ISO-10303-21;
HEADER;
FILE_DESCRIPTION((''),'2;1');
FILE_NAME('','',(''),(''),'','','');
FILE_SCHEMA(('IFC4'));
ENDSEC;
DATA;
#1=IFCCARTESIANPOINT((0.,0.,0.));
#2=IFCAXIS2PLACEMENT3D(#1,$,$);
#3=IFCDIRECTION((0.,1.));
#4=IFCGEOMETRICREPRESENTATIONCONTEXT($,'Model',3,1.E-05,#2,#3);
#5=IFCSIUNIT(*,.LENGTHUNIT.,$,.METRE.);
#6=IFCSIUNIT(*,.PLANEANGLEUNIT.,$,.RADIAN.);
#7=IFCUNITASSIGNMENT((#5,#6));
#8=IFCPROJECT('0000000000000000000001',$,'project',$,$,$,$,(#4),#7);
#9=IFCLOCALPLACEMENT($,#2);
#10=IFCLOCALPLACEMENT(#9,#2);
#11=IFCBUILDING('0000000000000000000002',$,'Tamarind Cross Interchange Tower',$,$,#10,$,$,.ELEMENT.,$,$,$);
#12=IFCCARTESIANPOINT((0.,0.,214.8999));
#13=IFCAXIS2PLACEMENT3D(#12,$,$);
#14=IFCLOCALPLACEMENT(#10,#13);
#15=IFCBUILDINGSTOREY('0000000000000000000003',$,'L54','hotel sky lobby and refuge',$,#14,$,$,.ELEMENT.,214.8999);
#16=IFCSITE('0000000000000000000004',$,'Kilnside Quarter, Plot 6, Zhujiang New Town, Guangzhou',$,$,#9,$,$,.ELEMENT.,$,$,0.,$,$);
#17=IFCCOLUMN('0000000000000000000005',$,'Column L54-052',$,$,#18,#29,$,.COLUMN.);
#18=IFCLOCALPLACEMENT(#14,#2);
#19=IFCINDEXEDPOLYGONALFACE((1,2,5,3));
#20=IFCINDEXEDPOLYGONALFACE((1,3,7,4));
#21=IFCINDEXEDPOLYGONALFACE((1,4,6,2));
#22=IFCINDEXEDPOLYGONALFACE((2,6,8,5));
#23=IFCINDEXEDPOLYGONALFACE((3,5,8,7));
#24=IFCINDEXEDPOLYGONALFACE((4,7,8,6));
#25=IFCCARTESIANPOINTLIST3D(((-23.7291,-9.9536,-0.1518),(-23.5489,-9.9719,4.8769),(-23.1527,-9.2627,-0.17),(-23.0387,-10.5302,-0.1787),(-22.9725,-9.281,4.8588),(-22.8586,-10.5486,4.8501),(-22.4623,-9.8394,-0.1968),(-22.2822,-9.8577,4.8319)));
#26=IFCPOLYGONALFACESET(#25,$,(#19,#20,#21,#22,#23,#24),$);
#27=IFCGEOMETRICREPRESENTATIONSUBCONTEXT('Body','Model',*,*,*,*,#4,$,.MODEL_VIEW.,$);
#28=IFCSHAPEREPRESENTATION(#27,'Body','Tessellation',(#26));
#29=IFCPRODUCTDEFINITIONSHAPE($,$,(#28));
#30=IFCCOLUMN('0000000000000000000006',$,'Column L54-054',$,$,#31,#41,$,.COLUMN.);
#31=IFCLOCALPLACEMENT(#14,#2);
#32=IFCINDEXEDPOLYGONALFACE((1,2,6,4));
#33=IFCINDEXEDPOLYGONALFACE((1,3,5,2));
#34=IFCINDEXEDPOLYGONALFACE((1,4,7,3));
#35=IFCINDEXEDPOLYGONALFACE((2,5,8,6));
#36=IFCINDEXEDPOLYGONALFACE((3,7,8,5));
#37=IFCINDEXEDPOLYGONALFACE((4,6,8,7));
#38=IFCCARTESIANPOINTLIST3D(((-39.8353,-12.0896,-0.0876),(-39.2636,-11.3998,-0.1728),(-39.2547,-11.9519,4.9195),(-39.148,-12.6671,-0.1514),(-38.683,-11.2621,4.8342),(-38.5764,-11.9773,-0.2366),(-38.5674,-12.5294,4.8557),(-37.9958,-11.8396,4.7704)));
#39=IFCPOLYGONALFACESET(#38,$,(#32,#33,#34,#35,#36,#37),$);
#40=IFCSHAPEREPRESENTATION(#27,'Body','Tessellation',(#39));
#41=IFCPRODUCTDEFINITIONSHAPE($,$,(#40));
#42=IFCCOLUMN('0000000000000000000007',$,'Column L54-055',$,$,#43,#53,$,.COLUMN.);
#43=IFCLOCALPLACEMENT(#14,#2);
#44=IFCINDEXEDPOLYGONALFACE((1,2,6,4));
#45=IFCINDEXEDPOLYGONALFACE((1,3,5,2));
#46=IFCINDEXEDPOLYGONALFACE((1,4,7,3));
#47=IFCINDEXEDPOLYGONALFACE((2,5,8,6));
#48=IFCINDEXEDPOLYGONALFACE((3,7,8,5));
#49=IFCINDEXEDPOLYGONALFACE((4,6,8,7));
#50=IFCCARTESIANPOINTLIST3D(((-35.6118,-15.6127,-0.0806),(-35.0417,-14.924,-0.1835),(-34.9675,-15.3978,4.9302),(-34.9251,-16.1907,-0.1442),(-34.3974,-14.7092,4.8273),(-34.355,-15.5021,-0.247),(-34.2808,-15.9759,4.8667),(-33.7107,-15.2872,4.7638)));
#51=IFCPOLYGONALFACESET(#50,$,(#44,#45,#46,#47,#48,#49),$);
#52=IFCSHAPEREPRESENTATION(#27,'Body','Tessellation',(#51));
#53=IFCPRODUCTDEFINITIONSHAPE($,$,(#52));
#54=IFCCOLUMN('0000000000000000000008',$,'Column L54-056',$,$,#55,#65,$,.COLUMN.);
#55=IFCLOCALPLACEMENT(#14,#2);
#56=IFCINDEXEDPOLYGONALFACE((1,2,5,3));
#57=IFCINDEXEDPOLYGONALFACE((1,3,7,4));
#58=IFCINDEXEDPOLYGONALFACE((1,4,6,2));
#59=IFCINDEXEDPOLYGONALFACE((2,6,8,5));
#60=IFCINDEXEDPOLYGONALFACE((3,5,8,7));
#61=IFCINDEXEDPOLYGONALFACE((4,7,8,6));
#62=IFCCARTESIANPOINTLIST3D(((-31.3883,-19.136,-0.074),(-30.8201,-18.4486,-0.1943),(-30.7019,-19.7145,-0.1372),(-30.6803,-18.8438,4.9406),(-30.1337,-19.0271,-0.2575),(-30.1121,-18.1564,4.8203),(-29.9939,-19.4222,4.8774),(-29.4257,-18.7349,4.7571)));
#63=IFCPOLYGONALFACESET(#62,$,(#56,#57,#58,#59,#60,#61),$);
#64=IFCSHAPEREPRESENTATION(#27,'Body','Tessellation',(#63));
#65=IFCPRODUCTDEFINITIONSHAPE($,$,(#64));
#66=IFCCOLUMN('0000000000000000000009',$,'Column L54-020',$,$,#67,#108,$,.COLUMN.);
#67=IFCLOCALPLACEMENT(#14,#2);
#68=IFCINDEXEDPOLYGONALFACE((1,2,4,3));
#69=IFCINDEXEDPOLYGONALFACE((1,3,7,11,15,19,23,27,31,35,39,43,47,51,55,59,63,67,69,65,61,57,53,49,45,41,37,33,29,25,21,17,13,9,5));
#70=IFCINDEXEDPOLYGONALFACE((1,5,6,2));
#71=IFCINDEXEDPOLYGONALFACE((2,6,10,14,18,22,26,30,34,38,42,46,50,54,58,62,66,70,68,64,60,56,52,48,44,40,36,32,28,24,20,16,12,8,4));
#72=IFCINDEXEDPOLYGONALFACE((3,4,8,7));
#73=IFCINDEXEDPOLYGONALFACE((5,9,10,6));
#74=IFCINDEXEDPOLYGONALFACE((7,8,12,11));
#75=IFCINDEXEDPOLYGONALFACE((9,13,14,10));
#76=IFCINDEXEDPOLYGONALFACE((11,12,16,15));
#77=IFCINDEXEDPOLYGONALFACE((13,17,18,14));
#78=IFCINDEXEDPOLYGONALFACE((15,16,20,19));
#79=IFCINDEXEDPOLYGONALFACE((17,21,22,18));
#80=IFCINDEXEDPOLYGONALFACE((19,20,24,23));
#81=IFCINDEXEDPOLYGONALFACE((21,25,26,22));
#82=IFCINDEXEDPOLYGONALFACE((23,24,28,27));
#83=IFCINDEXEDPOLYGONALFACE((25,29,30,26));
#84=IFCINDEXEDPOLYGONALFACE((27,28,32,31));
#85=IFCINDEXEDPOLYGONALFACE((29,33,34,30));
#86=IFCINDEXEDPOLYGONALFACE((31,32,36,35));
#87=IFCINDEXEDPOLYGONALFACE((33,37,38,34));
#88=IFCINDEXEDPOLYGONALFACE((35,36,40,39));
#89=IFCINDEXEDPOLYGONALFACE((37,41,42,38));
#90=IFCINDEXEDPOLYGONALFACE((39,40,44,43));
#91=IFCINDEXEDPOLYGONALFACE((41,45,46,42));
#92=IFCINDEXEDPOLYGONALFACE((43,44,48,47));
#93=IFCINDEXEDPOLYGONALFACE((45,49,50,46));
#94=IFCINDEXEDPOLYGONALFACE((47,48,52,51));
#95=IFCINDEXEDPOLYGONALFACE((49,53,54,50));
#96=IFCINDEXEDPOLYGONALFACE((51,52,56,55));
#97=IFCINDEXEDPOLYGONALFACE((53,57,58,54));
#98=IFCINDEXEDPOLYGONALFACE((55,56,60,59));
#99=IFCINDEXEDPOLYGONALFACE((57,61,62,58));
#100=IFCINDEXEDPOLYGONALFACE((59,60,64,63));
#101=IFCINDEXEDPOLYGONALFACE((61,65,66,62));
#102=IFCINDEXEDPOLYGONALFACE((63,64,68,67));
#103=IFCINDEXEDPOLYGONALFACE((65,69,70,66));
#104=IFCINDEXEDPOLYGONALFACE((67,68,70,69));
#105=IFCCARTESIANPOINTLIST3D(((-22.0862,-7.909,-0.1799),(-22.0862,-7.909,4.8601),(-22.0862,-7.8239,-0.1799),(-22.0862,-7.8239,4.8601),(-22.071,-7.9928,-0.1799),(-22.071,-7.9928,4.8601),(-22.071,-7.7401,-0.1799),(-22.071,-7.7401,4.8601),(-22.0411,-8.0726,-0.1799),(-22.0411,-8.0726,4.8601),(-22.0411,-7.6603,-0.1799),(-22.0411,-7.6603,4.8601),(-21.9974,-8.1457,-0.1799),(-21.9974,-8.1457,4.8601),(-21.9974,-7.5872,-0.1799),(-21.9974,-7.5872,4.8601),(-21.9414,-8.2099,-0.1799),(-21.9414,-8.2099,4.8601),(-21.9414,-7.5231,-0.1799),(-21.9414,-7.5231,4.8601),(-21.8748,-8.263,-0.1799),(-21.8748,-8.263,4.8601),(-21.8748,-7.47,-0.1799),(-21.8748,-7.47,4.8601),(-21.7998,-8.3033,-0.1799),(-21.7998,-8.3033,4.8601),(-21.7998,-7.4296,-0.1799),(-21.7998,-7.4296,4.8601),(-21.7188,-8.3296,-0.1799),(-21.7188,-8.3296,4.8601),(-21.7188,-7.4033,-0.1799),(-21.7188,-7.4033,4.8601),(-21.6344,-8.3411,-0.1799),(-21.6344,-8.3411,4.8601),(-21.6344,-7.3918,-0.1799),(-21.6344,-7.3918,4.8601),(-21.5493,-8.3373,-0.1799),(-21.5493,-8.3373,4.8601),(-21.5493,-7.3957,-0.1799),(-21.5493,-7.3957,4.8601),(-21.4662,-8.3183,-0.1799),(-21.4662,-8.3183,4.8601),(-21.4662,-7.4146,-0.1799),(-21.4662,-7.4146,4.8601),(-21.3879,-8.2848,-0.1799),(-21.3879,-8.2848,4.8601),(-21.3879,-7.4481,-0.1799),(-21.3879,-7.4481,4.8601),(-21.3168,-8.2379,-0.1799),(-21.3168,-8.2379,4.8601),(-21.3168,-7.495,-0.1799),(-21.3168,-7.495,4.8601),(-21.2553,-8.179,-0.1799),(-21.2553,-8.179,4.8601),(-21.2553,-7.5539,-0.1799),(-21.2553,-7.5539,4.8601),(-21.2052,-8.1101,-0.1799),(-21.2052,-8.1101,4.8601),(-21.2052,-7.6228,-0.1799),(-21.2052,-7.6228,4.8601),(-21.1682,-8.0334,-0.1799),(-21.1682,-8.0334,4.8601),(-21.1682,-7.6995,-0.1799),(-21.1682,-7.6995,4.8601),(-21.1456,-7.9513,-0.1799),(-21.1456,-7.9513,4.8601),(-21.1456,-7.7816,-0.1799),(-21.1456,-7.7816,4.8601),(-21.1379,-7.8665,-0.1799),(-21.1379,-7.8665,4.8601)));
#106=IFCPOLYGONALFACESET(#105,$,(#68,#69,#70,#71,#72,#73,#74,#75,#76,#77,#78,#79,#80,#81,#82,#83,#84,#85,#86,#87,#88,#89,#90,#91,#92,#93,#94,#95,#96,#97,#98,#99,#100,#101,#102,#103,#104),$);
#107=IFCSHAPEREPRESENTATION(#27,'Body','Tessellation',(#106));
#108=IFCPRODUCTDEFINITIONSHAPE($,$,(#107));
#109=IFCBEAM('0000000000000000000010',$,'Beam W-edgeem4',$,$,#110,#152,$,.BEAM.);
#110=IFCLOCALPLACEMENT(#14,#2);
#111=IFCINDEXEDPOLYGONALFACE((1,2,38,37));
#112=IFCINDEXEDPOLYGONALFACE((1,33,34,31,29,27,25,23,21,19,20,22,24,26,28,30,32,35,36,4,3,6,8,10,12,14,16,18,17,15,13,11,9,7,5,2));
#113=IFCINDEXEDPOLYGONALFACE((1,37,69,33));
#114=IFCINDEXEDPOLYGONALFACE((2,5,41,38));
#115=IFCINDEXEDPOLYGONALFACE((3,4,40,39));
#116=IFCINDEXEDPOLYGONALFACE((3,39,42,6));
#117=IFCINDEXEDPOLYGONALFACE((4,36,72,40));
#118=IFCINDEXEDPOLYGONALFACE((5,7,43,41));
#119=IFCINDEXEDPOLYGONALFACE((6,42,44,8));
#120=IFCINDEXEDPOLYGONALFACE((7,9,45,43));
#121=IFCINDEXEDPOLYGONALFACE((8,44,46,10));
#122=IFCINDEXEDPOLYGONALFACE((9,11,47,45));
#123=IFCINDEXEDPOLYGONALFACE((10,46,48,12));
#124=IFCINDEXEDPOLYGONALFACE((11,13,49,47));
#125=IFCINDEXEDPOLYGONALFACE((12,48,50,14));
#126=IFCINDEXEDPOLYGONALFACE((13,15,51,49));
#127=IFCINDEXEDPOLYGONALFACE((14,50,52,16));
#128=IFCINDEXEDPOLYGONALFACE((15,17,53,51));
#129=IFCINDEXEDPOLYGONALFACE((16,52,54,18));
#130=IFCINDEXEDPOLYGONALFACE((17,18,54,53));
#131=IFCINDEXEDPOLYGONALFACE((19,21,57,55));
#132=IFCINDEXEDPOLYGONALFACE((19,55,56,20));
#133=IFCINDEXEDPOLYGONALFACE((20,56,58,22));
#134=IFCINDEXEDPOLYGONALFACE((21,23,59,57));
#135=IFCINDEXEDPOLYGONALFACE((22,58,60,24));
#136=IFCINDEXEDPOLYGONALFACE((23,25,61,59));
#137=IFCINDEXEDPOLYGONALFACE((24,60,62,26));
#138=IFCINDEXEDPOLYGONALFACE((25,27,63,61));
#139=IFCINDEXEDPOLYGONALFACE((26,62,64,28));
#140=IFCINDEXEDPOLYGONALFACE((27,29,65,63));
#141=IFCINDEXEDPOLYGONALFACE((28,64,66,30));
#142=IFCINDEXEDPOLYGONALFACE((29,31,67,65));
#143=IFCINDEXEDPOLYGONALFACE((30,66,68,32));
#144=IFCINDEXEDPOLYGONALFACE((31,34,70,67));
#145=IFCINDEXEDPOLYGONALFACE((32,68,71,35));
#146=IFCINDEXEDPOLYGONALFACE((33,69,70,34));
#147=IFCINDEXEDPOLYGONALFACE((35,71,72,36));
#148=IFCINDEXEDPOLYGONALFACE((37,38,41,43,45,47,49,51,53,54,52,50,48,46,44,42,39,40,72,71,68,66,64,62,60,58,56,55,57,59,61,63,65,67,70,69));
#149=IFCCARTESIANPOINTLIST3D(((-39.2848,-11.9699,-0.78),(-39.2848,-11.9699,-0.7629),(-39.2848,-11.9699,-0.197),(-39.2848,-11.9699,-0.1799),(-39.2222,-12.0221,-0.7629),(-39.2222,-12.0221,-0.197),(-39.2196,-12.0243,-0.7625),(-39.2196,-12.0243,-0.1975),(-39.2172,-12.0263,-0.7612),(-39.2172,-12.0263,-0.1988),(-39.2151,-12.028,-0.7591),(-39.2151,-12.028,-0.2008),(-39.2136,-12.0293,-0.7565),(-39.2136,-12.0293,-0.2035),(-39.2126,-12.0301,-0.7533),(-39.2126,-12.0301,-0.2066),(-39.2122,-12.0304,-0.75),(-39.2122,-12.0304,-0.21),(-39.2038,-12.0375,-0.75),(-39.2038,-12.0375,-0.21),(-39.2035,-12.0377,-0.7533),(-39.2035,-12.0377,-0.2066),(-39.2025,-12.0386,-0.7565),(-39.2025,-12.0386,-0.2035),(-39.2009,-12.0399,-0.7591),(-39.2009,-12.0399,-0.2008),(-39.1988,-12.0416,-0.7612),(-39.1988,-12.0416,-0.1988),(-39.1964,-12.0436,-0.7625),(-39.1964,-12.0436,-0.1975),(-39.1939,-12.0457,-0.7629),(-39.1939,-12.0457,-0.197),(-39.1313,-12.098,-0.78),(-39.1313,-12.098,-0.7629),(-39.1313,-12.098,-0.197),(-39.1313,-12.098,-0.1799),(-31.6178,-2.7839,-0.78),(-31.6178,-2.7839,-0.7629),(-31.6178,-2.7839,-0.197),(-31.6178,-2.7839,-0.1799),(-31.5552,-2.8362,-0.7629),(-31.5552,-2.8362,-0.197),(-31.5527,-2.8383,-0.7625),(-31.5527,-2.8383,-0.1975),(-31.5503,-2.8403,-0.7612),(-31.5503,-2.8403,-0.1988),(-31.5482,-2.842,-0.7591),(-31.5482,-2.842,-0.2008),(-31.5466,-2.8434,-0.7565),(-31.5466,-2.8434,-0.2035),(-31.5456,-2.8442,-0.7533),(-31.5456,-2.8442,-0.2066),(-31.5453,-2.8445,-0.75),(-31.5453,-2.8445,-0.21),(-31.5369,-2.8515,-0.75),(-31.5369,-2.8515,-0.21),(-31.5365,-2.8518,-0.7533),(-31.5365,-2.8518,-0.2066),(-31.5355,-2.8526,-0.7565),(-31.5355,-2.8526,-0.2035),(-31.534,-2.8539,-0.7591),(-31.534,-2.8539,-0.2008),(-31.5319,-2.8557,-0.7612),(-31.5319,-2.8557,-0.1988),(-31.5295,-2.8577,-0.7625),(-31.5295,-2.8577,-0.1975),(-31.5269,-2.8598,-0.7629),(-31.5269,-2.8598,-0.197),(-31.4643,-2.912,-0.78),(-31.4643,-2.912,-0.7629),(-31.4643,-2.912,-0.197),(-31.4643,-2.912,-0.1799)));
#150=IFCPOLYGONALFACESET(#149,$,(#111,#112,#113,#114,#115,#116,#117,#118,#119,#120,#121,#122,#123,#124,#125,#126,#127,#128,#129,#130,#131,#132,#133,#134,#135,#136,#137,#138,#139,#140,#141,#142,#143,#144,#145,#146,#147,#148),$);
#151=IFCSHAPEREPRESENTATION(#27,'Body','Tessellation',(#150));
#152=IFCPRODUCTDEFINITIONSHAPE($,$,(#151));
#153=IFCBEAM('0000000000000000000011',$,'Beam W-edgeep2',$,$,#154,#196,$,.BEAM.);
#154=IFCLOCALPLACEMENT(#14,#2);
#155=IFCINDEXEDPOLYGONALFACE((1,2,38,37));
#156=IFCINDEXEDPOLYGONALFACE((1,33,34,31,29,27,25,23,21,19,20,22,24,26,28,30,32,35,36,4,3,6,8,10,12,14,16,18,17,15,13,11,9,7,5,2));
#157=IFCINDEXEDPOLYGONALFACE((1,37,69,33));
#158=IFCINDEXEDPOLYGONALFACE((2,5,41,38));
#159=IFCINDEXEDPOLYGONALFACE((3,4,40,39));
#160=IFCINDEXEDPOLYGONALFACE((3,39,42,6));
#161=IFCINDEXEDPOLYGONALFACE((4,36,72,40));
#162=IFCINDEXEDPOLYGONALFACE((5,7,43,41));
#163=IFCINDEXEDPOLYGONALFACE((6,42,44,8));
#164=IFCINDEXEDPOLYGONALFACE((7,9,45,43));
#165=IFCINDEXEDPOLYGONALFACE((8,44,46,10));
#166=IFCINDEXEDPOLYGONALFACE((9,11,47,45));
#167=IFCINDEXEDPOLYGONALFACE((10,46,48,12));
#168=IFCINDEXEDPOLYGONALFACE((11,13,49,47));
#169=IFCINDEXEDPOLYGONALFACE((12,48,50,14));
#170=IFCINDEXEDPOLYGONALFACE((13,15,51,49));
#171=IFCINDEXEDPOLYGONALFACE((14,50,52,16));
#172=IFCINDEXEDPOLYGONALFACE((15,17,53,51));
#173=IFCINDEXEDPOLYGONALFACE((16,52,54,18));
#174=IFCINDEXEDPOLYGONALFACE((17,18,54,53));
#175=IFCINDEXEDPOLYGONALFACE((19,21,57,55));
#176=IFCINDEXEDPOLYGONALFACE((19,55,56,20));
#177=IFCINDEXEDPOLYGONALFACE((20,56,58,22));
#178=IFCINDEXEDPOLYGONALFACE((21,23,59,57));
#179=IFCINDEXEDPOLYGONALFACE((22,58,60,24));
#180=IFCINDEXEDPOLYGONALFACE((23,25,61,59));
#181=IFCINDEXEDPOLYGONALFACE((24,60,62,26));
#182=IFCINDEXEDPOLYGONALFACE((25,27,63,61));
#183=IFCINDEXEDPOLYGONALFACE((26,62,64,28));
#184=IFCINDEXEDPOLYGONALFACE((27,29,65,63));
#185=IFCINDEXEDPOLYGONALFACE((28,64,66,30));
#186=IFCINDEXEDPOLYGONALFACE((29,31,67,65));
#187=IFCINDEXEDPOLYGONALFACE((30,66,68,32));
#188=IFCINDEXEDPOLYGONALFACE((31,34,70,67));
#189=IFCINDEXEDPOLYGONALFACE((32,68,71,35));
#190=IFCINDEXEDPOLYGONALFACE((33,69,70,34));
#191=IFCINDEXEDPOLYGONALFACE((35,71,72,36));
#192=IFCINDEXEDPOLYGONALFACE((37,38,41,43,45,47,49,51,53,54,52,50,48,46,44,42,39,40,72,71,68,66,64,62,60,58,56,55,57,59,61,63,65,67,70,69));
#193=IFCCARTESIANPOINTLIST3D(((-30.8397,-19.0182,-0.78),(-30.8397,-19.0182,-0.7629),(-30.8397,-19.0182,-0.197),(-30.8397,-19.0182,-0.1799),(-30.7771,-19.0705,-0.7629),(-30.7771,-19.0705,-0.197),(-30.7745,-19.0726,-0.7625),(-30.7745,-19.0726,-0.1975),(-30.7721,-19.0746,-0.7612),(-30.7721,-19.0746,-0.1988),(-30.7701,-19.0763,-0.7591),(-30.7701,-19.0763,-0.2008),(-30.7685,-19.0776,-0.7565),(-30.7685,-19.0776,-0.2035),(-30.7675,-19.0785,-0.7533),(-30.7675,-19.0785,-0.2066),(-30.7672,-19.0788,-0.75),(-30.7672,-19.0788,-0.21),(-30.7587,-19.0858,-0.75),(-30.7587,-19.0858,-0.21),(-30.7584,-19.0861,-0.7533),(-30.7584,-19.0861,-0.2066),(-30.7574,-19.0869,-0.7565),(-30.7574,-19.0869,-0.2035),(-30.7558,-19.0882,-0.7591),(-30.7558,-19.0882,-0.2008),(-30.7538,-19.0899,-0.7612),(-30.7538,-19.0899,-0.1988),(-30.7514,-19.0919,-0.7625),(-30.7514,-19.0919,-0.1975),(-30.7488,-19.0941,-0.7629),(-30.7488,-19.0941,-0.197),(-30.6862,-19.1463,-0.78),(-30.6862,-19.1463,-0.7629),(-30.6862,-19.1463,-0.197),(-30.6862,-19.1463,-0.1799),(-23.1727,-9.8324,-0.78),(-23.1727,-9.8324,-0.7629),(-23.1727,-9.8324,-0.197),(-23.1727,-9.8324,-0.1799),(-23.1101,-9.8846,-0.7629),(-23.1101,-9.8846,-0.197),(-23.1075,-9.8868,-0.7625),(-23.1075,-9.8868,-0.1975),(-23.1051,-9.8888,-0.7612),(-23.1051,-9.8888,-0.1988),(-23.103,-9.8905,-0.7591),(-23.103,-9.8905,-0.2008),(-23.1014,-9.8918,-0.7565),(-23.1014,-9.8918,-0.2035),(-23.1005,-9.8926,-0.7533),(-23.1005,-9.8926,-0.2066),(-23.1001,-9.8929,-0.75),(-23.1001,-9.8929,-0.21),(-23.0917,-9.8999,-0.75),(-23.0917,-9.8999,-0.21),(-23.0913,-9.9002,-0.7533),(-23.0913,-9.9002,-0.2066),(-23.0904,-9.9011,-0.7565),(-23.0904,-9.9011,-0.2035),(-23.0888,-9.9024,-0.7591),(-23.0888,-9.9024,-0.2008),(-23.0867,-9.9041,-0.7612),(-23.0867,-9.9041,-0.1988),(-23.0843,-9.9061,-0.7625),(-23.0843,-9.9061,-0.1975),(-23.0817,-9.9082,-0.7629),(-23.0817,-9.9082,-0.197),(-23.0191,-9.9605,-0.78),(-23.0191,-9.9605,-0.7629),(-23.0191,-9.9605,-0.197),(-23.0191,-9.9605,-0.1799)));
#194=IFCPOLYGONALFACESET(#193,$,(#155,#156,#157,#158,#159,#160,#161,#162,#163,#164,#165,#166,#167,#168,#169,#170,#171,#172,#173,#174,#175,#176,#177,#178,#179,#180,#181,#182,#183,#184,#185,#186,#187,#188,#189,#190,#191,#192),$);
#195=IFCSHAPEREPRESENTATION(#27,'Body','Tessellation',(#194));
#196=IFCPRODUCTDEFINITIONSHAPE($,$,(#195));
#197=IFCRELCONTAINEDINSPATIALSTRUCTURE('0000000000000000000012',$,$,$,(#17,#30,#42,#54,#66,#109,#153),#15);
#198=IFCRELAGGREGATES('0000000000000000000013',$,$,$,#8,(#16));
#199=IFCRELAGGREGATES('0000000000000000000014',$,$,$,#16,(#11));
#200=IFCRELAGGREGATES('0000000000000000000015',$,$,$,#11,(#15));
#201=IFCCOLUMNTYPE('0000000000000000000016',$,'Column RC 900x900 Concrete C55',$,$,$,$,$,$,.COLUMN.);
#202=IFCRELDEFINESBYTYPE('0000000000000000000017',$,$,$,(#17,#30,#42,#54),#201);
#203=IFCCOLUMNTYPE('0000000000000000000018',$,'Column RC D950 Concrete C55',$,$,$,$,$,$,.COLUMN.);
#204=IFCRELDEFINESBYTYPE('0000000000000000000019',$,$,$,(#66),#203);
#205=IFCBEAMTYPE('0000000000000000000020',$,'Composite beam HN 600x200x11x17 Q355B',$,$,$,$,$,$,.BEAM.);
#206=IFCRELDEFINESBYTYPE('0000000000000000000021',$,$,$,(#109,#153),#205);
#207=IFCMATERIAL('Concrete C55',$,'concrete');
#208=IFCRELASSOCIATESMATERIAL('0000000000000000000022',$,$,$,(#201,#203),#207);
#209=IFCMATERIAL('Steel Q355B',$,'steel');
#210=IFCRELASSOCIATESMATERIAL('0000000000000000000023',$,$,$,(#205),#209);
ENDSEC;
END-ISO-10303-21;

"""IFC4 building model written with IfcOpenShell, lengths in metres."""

from ifc_helpers import new_model, si_unit, direction, frame, origin, origin_2d, place, context, subcontext, project, spatial, rectangle, circle, i_section, extrude, material, material_profile, profile_set, type_object, element, save


model = new_model("IFC4")

# Units and contexts
model_context = context("Model", 3, precision=1e-05, world=origin(), true_north=direction((0.0, 1.0)))
body_context = subcontext(model_context, "Body", "Model", "MODEL_VIEW")
ifc_project = project(units=[si_unit("LENGTHUNIT", "METRE"), si_unit("PLANEANGLEUNIT", "RADIAN")], contexts=[model_context])

# Site, building, storey
site_placement = place(None, origin())
site = spatial("IfcSite", under=ifc_project, at=site_placement, Name="Kilnside Quarter, Plot 6, Zhujiang New Town, Guangzhou", CompositionType="ELEMENT", RefElevation=0.0)
building_placement = place(site_placement, origin())
building = spatial("IfcBuilding", under=site, at=building_placement, Name="Tamarind Cross Interchange Tower", CompositionType="ELEMENT")
storey_placement = place(building_placement, frame((0.0, 0.0, 214.8999)))
storey = spatial("IfcBuildingStorey", under=building, at=storey_placement, Name="L54", Description="hotel sky lobby and refuge", CompositionType="ELEMENT", Elevation=214.8999)

# Columns
ifc_material_1 = material(Name="Concrete C55", Category="concrete")
ifc_material_profile_1 = material_profile(ifc_material_1, rectangle(XDim=0.8999, YDim=0.8999, at=origin_2d()), Name="RC 900x900")
ifc_profile_set_1 = profile_set([ifc_material_profile_1], Name="Concrete C55")
column_type_1 = type_object("IfcColumnType", Name="Column RC 900x900 Concrete C55", PredefinedType="COLUMN", material=ifc_profile_set_1)
column_1_placement = place(storey_placement, frame((-23.0957, -9.8965, -0.1743), z_axis=(0.035806, -0.003639, 0.999352), x_axis=(-0.767127, 0.640802, 0.029818)))
element("IfcColumn", 1, at=column_1_placement, inside=storey, type_object=column_type_1, Name="Column L54-052", PredefinedType="COLUMN", context=body_context, shape_type="SweptSolid", body=[
    extrude(rectangle(XDim=0.8999, YDim=0.8999, at=origin_2d()), origin(), (0.0, 0.0, 1.0), 5.032),
])
column_2_placement = place(storey_placement, frame((-39.2058, -12.0334, -0.1621), z_axis=(0.115134, 0.027307, 0.992975), x_axis=(-0.763693, 0.641674, 0.070903)))
element("IfcColumn", 2, at=column_2_placement, inside=storey, type_object=column_type_1, Name="Column L54-054", PredefinedType="COLUMN", context=body_context, shape_type="SweptSolid", body=[
    extrude(rectangle(XDim=0.8999, YDim=0.8999, at=origin_2d()), origin(), (0.0, 0.0, 1.0), 5.0425),
])
column_3_placement = place(storey_placement, frame((-34.9834, -15.5574, -0.1638), z_axis=(0.127416, 0.042488, 0.990939), x_axis=(-0.763162, 0.642341, 0.070587)))
element("IfcColumn", 3, at=column_3_placement, inside=storey, type_object=column_type_1, Name="Column L54-055", PredefinedType="COLUMN", context=body_context, shape_type="SweptSolid", body=[
    extrude(rectangle(XDim=0.8999, YDim=0.8999, at=origin_2d()), origin(), (0.0, 0.0, 1.0), 5.0566),
])
column_4_placement = place(storey_placement, frame((-30.761, -19.0815, -0.1658), z_axis=(0.139569, 0.057608, 0.988535), x_axis=(-0.762786, 0.642825, 0.070235)))
element("IfcColumn", 4, at=column_4_placement, inside=storey, type_object=column_type_1, Name="Column L54-056", PredefinedType="COLUMN", context=body_context, shape_type="SweptSolid", body=[
    extrude(rectangle(XDim=0.8999, YDim=0.8999, at=origin_2d()), origin(), (0.0, 0.0, 1.0), 5.0728),
])
ifc_material_profile_2 = material_profile(ifc_material_1, circle(Radius=0.4751, at=origin_2d()), Name="RC D950")
ifc_profile_set_2 = profile_set([ifc_material_profile_2], Name="Concrete C55")
column_type_2 = type_object("IfcColumnType", Name="Column RC D950 Concrete C55", PredefinedType="COLUMN", material=ifc_profile_set_2)
column_5_placement = place(storey_placement, frame((-21.613, -7.8665, -0.1799), z_axis=(0.0, 0.0, 1.0), x_axis=(1.0, 0.0, 0.0)))
element("IfcColumn", 5, at=column_5_placement, inside=storey, type_object=column_type_2, Name="Column L54-020", PredefinedType="COLUMN", context=body_context, shape_type="SweptSolid", body=[
    extrude(circle(Radius=0.4751, at=origin_2d()), origin(), (0.0, 0.0, 1.0), 5.04),
])

# Beams
ifc_material_2 = material(Name="Steel Q355B", Category="steel")
ifc_material_profile_3 = material_profile(ifc_material_2, i_section(OverallWidth=0.2, OverallDepth=0.6001, WebThickness=0.011, FlangeThickness=0.0171, FilletRadius=0.0129, at=origin_2d()), Name="HN 600x200x11x17")
ifc_profile_set_3 = profile_set([ifc_material_profile_3], Name="Steel Q355B")
beam_type_1 = type_object("IfcBeamType", Name="Composite beam HN 600x200x11x17 Q355B", PredefinedType="BEAM", material=ifc_profile_set_3)
for number, where, z_axis, x_axis, name in (
    (6, (-39.208, -12.0339, -0.48), (0.640774, 0.767729, 0.0), (-0.767729, 0.640774, 0.0), "Beam W-edgeem4"),
    (7, (-30.7629, -19.0823, -0.48), (0.640784, 0.767721, 0.0), (-0.767721, 0.640784, 0.0), "Beam W-edgeep2"),
):
    element("IfcBeam", number, at=place(storey_placement, frame(where, z_axis=z_axis, x_axis=x_axis)), inside=storey, type_object=beam_type_1, Name=name, PredefinedType="BEAM", context=body_context, shape_type="SweptSolid", body=[
        extrude(i_section(OverallWidth=0.2, OverallDepth=0.6001, WebThickness=0.011, FlangeThickness=0.0171, FilletRadius=0.0129, at=origin_2d()), origin(), (0.0, 0.0, 1.0), 11.9651),
    ])

save(model, "model.ifc")
